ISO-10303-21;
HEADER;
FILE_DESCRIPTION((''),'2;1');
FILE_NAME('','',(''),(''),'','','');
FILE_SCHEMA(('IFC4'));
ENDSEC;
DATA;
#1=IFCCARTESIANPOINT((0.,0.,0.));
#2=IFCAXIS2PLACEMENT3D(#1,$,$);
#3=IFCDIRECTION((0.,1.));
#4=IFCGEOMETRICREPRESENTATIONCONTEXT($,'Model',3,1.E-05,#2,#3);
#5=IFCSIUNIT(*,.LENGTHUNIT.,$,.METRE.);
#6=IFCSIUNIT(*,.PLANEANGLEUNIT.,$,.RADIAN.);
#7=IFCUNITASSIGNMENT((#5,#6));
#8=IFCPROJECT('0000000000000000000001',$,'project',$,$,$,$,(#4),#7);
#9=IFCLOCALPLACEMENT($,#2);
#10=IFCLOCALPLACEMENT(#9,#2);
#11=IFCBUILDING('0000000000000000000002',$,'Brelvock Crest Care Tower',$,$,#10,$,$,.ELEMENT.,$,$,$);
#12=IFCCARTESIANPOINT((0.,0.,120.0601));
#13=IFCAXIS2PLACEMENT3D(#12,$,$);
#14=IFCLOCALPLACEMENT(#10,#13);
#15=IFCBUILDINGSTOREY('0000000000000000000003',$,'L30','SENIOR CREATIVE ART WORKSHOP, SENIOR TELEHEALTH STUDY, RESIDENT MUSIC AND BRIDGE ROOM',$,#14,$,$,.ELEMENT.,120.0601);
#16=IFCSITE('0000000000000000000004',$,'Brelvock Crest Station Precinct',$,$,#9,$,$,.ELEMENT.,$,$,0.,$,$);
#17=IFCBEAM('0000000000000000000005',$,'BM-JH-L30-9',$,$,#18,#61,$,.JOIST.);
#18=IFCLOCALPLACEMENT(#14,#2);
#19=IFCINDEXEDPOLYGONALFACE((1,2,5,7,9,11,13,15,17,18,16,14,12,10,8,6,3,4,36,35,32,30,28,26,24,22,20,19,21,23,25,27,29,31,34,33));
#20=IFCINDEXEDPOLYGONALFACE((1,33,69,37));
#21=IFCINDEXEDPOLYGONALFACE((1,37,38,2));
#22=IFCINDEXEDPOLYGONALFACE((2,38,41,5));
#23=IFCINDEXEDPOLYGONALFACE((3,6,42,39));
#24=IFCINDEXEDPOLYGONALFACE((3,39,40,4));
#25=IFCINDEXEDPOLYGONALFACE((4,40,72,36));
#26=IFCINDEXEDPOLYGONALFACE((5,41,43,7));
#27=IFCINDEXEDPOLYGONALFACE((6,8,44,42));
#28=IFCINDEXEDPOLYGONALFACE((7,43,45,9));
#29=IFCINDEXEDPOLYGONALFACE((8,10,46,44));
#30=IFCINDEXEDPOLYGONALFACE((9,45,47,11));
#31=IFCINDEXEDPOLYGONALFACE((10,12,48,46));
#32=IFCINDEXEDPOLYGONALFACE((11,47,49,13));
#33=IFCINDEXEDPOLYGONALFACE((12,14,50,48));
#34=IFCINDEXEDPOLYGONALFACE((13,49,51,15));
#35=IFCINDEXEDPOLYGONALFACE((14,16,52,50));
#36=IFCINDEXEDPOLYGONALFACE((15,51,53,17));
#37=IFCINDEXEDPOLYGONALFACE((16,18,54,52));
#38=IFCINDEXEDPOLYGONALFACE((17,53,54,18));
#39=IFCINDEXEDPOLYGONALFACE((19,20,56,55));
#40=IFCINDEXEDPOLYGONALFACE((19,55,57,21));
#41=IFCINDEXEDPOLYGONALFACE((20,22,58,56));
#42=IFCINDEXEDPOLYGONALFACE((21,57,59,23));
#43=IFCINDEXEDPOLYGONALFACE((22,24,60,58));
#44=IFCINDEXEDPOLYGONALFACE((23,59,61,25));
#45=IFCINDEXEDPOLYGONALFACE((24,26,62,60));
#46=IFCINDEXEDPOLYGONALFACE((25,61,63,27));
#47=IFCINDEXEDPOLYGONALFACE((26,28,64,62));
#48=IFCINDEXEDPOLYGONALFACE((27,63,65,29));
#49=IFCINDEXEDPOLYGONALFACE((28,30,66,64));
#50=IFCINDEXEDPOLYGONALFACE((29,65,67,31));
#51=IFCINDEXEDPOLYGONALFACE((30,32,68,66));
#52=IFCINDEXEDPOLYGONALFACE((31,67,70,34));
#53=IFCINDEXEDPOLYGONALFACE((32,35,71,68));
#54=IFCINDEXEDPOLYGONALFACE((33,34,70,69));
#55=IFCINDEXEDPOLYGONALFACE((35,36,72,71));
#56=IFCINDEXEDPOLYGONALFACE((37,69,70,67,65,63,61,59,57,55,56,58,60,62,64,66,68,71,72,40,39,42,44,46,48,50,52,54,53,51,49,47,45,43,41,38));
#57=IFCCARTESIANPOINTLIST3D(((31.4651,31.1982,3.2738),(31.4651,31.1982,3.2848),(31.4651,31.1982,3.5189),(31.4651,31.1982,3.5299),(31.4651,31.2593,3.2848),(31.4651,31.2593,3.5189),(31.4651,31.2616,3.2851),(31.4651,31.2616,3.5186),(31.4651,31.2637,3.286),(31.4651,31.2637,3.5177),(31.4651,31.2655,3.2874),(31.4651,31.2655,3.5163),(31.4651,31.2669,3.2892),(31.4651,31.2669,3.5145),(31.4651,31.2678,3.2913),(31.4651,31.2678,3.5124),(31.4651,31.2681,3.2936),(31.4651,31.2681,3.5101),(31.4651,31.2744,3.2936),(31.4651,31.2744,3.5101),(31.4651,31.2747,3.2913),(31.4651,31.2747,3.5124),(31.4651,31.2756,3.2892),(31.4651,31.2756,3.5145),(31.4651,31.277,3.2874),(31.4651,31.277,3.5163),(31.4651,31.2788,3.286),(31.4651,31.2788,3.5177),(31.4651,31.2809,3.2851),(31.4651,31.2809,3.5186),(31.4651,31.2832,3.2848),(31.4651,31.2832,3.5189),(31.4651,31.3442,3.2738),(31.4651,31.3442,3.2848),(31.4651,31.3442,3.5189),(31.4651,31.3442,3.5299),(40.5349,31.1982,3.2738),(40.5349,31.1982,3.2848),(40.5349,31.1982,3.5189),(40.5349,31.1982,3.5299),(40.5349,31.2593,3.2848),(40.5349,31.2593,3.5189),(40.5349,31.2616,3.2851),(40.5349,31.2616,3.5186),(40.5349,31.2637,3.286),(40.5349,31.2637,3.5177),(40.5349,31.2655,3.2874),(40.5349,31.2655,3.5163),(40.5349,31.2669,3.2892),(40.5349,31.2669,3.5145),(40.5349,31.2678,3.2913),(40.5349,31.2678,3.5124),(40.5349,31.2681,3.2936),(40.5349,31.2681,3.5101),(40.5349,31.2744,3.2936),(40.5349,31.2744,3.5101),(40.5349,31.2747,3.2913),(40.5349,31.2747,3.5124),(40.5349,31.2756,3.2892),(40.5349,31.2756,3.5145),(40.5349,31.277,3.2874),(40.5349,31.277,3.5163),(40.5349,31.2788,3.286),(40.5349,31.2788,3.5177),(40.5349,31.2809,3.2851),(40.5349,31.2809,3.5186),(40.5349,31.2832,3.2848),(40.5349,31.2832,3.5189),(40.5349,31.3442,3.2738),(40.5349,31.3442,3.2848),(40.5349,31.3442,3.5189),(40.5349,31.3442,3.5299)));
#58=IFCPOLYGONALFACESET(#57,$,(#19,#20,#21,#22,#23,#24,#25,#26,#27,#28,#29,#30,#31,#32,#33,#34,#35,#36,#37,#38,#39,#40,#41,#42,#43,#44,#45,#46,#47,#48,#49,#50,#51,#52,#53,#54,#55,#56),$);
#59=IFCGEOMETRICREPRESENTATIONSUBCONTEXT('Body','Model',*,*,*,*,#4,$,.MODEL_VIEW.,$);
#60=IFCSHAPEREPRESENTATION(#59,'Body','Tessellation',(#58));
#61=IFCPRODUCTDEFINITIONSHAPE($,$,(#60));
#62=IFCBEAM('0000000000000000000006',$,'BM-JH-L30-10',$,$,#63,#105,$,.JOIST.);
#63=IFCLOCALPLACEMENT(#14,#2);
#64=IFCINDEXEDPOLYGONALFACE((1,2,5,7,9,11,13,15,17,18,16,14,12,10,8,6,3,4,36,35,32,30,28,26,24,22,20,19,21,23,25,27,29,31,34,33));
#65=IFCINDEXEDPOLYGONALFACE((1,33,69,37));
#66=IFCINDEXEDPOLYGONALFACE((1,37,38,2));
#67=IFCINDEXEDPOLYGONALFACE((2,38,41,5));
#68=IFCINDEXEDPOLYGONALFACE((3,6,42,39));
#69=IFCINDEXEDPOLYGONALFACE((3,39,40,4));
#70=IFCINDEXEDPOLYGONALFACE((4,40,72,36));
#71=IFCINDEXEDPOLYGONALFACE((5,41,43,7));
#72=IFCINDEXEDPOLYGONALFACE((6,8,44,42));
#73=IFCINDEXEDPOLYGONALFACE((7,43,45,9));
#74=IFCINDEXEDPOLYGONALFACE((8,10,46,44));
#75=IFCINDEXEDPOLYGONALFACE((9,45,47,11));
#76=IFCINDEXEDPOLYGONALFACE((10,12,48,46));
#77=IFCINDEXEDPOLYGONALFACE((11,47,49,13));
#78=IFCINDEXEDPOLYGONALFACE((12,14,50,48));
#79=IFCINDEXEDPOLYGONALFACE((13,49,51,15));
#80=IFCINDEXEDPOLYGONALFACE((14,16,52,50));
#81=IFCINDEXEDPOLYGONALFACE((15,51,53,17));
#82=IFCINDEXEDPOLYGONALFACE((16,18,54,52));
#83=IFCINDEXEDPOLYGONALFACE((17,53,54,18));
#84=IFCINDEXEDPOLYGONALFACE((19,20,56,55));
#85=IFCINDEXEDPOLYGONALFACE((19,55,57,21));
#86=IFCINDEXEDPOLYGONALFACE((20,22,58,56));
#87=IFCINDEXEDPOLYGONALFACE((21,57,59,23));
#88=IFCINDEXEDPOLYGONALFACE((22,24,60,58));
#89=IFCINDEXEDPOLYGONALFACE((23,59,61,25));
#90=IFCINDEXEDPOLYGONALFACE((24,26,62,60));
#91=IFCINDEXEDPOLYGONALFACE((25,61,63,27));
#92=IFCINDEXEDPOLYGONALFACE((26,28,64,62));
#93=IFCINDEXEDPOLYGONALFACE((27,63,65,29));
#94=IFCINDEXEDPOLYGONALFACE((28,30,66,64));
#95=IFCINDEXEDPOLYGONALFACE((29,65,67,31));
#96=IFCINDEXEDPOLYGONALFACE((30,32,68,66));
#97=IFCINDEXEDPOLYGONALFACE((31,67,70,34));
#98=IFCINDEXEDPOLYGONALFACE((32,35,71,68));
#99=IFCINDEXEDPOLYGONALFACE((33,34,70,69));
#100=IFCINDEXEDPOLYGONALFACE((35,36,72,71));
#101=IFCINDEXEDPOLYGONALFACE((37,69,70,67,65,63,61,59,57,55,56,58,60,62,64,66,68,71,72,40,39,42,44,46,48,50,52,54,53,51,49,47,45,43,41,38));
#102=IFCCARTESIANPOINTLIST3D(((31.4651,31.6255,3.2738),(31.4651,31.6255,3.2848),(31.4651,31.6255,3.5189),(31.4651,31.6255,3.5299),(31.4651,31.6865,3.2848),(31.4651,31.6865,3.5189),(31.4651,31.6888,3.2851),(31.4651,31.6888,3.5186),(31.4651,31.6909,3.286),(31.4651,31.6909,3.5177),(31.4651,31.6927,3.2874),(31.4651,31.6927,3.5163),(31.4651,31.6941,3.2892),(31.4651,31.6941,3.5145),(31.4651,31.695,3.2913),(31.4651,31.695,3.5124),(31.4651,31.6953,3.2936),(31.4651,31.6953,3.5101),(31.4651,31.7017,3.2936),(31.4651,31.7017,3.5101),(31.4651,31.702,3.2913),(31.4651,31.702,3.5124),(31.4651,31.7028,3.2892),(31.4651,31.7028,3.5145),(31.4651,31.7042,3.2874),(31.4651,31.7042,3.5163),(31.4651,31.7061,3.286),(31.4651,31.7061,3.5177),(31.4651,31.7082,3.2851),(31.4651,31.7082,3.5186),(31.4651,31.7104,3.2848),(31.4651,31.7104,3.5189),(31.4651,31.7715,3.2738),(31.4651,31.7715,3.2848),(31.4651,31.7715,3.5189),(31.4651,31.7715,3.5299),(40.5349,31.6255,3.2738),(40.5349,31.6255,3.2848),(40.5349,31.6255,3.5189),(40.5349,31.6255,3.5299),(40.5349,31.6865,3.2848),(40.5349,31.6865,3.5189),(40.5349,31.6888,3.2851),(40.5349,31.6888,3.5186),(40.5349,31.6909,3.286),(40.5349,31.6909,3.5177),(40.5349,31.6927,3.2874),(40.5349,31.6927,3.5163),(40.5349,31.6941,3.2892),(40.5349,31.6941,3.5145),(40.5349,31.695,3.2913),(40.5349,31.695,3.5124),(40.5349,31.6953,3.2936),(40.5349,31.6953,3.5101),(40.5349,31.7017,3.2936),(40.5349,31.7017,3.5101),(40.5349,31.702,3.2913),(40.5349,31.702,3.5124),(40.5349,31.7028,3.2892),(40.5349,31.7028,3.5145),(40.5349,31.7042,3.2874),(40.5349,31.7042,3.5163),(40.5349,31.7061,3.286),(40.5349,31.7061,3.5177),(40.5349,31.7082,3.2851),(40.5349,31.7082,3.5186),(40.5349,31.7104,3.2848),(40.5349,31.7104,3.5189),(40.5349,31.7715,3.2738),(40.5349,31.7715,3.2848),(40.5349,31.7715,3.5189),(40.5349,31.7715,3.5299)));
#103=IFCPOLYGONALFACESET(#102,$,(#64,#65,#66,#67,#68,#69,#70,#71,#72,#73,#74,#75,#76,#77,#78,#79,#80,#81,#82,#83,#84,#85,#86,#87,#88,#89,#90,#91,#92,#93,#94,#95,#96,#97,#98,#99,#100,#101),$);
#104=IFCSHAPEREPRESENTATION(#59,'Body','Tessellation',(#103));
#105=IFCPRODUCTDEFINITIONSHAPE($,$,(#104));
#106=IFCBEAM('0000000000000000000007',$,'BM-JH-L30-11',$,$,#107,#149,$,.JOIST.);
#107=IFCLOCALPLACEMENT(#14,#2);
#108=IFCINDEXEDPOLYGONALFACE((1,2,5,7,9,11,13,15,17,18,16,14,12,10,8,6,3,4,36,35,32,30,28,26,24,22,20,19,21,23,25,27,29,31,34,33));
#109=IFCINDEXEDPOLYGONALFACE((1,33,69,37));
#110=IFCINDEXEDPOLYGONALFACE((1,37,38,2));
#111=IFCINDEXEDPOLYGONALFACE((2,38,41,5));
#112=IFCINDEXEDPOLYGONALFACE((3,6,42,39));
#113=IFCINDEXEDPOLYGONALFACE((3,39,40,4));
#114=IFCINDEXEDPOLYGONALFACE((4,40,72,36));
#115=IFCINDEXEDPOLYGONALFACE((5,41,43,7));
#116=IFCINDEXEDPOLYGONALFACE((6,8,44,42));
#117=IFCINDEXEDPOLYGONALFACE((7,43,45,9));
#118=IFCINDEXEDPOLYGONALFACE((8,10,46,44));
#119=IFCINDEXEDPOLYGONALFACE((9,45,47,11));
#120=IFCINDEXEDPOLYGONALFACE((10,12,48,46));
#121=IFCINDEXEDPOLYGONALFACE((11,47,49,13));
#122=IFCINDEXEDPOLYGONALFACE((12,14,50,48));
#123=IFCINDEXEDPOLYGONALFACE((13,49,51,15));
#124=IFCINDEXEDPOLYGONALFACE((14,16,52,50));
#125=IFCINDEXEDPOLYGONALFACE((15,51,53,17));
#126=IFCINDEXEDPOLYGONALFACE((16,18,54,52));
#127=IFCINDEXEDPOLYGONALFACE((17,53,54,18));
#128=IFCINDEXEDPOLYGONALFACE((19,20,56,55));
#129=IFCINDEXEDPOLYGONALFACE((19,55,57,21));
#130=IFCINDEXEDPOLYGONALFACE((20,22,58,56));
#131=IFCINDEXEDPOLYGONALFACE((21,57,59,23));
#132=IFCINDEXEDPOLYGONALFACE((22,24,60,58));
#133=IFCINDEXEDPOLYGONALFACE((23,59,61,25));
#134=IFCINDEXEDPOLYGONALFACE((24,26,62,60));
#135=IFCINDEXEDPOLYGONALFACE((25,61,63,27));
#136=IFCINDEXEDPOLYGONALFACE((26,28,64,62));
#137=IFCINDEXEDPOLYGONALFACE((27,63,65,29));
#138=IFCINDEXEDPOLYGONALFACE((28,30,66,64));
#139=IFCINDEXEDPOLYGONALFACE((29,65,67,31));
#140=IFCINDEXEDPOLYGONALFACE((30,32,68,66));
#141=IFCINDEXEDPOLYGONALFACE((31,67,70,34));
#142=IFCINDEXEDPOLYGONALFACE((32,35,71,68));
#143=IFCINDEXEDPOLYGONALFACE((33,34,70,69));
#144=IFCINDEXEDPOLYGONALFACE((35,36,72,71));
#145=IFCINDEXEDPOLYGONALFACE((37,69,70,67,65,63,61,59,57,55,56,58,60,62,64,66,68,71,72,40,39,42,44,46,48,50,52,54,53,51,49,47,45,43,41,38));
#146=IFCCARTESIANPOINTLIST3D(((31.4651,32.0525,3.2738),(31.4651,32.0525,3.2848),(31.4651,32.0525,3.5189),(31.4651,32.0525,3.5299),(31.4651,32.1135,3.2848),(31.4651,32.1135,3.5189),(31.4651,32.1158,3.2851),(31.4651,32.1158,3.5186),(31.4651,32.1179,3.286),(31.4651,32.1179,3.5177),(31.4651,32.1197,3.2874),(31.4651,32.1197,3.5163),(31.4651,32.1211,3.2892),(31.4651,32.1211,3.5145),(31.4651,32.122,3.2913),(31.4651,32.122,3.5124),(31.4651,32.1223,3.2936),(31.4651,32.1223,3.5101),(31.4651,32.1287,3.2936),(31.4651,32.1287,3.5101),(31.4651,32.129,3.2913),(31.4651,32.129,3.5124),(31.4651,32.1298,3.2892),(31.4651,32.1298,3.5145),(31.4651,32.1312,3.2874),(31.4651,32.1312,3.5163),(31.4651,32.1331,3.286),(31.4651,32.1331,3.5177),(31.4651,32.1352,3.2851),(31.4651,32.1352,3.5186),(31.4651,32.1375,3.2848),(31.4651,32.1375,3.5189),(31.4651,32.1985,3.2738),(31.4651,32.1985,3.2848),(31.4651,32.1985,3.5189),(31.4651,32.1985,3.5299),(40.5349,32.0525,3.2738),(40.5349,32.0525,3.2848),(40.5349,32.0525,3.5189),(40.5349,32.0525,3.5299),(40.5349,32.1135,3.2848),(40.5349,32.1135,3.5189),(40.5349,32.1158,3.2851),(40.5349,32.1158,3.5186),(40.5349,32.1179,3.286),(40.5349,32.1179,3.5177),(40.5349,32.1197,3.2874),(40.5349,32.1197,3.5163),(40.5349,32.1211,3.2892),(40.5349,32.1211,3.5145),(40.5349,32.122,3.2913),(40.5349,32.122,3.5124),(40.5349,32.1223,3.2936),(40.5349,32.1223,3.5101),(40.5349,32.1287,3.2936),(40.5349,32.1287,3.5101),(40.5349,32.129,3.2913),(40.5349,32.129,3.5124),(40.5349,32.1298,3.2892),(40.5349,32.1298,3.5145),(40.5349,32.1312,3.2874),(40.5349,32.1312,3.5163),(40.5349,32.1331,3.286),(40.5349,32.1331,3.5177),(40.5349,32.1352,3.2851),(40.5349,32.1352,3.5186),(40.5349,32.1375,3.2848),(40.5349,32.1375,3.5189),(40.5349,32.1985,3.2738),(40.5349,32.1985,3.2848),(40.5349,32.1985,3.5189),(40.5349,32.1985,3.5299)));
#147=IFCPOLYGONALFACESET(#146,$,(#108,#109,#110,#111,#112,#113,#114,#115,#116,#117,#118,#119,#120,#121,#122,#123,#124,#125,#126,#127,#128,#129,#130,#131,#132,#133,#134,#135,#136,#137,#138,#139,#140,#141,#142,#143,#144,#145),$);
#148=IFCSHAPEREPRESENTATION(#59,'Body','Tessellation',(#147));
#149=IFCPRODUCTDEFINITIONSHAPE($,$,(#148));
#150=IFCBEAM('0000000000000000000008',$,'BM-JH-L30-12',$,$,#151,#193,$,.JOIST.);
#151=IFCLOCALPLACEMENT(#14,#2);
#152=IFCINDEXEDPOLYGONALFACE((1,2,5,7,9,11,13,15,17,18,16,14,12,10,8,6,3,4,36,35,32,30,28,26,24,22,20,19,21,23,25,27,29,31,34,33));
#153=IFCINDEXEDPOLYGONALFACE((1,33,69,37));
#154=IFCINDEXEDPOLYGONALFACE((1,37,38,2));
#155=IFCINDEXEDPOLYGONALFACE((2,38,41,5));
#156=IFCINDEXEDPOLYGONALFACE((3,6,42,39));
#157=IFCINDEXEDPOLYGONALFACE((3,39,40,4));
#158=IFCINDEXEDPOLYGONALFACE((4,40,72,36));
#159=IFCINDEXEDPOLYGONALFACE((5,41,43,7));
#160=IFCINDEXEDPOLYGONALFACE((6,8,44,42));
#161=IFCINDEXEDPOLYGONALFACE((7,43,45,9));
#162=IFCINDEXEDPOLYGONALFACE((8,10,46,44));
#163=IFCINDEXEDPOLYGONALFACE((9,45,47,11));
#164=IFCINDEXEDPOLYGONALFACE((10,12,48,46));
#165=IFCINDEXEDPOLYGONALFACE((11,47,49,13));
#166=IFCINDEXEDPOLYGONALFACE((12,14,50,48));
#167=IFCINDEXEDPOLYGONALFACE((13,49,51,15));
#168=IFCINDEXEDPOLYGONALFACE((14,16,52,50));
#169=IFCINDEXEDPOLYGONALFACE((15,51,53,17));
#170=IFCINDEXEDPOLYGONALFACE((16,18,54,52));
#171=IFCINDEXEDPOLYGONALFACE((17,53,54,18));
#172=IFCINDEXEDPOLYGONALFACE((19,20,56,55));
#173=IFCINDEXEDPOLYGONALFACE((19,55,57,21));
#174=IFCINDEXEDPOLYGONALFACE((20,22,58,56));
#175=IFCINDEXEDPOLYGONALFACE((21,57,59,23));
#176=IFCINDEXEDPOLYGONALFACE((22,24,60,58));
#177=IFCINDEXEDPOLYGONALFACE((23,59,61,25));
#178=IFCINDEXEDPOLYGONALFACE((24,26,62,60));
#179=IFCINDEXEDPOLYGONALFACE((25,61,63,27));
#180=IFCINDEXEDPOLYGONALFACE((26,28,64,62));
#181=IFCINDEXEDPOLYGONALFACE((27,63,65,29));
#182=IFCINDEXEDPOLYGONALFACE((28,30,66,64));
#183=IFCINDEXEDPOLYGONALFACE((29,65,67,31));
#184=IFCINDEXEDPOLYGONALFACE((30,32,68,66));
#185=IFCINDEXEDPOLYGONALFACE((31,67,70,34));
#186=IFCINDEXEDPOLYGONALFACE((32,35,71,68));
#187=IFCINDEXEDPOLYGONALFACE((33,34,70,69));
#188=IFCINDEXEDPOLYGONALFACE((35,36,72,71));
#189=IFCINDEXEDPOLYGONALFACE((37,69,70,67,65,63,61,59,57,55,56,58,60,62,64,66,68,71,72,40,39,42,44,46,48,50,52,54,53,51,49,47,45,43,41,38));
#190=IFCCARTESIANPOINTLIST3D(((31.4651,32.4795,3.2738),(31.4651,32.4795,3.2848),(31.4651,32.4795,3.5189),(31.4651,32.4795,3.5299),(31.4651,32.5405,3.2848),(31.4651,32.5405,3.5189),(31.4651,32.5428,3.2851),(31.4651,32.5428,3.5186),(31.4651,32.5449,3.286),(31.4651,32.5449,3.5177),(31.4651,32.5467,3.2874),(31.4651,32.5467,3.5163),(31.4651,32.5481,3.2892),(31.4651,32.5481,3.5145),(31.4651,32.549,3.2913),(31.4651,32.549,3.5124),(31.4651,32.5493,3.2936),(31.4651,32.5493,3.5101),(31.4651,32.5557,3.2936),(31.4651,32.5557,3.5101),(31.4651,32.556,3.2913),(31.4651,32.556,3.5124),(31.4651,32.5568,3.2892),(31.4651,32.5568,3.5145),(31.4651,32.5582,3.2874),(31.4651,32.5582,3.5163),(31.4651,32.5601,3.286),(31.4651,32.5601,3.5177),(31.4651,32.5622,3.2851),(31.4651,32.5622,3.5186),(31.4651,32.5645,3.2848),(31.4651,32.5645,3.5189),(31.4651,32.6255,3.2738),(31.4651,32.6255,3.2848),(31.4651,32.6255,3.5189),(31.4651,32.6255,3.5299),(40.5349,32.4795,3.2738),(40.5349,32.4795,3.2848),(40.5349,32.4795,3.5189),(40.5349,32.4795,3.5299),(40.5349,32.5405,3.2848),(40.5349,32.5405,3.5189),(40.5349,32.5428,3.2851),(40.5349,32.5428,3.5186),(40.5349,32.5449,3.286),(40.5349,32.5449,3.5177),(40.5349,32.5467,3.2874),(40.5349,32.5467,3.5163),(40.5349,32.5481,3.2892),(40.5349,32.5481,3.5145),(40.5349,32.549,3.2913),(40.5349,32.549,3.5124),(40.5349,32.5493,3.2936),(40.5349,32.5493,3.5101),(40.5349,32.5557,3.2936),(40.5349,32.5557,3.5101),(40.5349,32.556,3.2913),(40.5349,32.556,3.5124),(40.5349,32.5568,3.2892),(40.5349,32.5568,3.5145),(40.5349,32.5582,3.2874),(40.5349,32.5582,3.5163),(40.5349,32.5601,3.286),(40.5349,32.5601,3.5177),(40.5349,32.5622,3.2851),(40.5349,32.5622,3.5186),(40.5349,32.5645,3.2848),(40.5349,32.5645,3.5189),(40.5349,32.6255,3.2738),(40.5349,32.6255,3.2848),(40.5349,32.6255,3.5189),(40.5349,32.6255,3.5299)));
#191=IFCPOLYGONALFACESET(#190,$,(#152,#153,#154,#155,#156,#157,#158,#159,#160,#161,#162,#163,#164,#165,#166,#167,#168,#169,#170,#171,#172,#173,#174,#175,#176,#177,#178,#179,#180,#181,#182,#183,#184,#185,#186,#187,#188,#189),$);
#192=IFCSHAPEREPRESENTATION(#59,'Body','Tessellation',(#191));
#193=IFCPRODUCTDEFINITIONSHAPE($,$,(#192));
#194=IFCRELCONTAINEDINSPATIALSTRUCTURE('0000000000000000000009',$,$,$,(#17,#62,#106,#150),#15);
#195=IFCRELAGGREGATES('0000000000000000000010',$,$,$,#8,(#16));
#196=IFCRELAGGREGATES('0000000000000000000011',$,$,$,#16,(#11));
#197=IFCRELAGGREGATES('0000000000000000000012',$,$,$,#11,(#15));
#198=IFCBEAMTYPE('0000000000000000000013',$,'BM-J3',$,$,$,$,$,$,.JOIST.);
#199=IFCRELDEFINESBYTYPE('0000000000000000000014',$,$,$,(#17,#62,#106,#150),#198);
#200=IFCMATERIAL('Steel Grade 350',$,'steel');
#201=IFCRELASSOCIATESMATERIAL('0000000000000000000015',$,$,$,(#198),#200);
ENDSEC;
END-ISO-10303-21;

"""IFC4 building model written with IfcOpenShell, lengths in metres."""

from ifc_helpers import new_model, si_unit, direction, frame, origin, origin_2d, place, context, subcontext, project, spatial, i_section, extrude, source, transform, mapped, material, material_profile, profile_set, type_object, element, save


model = new_model("IFC4")

# Units and contexts
model_context = context("Model", 3, precision=1e-05, world=origin(), true_north=direction((0.0, 1.0)))
body_context = subcontext(model_context, "Body", "Model", "MODEL_VIEW")
ifc_project = project(units=[si_unit("LENGTHUNIT", "METRE"), si_unit("PLANEANGLEUNIT", "RADIAN")], contexts=[model_context])

# Site, building, storey
site_placement = place(None, origin())
site = spatial("IfcSite", under=ifc_project, at=site_placement, Name="Brelvock Crest Station Precinct", CompositionType="ELEMENT", RefElevation=0.0)
building_placement = place(site_placement, origin())
building = spatial("IfcBuilding", under=site, at=building_placement, Name="Brelvock Crest Care Tower", CompositionType="ELEMENT")
storey_placement = place(building_placement, frame((0.0, 0.0, 120.0601)))
storey = spatial("IfcBuildingStorey", under=building, at=storey_placement, Name="L30", Description="SENIOR CREATIVE ART WORKSHOP, SENIOR TELEHEALTH STUDY, RESIDENT MUSIC AND BRIDGE ROOM", CompositionType="ELEMENT", Elevation=120.0601)

# Beams
ifc_material_1 = material(Name="Steel Grade 350", Category="steel")
ifc_material_profile_1 = material_profile(ifc_material_1, i_section(OverallWidth=0.146, OverallDepth=0.2561, WebThickness=0.0063, FlangeThickness=0.011, FilletRadius=0.0088, at=origin_2d()), Name="250UB37.3")
ifc_profile_set_1 = profile_set([ifc_material_profile_1], Name="Steel Grade 350")
beam_type_1 = type_object("IfcBeamType", Name="BM-J3", PredefinedType="JOIST", material=ifc_profile_set_1)
shared_shape_1 = source(origin(), body_context, "Body", "SweptSolid", [
    extrude(i_section(OverallWidth=0.146, OverallDepth=0.2561, WebThickness=0.0063, FlangeThickness=0.011, FilletRadius=0.0088, at=origin_2d()), origin(), (0.0, 0.0, 1.0), 9.0698),
])
for number, where, z_axis, x_axis, name in (
    (1, (31.4651, 31.2712, 3.4019), (1.0, 0.0, 0.0), (0.0, 1.0, 0.0), "BM-JH-L30-9"),
    (2, (31.4651, 31.6985, 3.4019), (1.0, 0.0, 0.0), (0.0, 1.0, 0.0), "BM-JH-L30-10"),
    (3, (31.4651, 32.1255, 3.4019), (1.0, 0.0, 0.0), (0.0, 1.0, 0.0), "BM-JH-L30-11"),
    (4, (31.4651, 32.5525, 3.4019), (1.0, 0.0, 0.0), (0.0, 1.0, 0.0), "BM-JH-L30-12"),
):
    element("IfcBeam", number, at=place(storey_placement, frame(where, z_axis=z_axis, x_axis=x_axis)), inside=storey, type_object=beam_type_1, Name=name, PredefinedType="JOIST", context=body_context, shape_type="MappedRepresentation", body=[
        mapped(shared_shape_1, transform((0.0, 0.0, 0.0), x_axis=(1.0, 0.0, 0.0), y_axis=(0.0, 1.0, 0.0), z_axis=(0.0, 0.0, 1.0), scale=1.0)),
    ])

save(model, "model.ifc")
